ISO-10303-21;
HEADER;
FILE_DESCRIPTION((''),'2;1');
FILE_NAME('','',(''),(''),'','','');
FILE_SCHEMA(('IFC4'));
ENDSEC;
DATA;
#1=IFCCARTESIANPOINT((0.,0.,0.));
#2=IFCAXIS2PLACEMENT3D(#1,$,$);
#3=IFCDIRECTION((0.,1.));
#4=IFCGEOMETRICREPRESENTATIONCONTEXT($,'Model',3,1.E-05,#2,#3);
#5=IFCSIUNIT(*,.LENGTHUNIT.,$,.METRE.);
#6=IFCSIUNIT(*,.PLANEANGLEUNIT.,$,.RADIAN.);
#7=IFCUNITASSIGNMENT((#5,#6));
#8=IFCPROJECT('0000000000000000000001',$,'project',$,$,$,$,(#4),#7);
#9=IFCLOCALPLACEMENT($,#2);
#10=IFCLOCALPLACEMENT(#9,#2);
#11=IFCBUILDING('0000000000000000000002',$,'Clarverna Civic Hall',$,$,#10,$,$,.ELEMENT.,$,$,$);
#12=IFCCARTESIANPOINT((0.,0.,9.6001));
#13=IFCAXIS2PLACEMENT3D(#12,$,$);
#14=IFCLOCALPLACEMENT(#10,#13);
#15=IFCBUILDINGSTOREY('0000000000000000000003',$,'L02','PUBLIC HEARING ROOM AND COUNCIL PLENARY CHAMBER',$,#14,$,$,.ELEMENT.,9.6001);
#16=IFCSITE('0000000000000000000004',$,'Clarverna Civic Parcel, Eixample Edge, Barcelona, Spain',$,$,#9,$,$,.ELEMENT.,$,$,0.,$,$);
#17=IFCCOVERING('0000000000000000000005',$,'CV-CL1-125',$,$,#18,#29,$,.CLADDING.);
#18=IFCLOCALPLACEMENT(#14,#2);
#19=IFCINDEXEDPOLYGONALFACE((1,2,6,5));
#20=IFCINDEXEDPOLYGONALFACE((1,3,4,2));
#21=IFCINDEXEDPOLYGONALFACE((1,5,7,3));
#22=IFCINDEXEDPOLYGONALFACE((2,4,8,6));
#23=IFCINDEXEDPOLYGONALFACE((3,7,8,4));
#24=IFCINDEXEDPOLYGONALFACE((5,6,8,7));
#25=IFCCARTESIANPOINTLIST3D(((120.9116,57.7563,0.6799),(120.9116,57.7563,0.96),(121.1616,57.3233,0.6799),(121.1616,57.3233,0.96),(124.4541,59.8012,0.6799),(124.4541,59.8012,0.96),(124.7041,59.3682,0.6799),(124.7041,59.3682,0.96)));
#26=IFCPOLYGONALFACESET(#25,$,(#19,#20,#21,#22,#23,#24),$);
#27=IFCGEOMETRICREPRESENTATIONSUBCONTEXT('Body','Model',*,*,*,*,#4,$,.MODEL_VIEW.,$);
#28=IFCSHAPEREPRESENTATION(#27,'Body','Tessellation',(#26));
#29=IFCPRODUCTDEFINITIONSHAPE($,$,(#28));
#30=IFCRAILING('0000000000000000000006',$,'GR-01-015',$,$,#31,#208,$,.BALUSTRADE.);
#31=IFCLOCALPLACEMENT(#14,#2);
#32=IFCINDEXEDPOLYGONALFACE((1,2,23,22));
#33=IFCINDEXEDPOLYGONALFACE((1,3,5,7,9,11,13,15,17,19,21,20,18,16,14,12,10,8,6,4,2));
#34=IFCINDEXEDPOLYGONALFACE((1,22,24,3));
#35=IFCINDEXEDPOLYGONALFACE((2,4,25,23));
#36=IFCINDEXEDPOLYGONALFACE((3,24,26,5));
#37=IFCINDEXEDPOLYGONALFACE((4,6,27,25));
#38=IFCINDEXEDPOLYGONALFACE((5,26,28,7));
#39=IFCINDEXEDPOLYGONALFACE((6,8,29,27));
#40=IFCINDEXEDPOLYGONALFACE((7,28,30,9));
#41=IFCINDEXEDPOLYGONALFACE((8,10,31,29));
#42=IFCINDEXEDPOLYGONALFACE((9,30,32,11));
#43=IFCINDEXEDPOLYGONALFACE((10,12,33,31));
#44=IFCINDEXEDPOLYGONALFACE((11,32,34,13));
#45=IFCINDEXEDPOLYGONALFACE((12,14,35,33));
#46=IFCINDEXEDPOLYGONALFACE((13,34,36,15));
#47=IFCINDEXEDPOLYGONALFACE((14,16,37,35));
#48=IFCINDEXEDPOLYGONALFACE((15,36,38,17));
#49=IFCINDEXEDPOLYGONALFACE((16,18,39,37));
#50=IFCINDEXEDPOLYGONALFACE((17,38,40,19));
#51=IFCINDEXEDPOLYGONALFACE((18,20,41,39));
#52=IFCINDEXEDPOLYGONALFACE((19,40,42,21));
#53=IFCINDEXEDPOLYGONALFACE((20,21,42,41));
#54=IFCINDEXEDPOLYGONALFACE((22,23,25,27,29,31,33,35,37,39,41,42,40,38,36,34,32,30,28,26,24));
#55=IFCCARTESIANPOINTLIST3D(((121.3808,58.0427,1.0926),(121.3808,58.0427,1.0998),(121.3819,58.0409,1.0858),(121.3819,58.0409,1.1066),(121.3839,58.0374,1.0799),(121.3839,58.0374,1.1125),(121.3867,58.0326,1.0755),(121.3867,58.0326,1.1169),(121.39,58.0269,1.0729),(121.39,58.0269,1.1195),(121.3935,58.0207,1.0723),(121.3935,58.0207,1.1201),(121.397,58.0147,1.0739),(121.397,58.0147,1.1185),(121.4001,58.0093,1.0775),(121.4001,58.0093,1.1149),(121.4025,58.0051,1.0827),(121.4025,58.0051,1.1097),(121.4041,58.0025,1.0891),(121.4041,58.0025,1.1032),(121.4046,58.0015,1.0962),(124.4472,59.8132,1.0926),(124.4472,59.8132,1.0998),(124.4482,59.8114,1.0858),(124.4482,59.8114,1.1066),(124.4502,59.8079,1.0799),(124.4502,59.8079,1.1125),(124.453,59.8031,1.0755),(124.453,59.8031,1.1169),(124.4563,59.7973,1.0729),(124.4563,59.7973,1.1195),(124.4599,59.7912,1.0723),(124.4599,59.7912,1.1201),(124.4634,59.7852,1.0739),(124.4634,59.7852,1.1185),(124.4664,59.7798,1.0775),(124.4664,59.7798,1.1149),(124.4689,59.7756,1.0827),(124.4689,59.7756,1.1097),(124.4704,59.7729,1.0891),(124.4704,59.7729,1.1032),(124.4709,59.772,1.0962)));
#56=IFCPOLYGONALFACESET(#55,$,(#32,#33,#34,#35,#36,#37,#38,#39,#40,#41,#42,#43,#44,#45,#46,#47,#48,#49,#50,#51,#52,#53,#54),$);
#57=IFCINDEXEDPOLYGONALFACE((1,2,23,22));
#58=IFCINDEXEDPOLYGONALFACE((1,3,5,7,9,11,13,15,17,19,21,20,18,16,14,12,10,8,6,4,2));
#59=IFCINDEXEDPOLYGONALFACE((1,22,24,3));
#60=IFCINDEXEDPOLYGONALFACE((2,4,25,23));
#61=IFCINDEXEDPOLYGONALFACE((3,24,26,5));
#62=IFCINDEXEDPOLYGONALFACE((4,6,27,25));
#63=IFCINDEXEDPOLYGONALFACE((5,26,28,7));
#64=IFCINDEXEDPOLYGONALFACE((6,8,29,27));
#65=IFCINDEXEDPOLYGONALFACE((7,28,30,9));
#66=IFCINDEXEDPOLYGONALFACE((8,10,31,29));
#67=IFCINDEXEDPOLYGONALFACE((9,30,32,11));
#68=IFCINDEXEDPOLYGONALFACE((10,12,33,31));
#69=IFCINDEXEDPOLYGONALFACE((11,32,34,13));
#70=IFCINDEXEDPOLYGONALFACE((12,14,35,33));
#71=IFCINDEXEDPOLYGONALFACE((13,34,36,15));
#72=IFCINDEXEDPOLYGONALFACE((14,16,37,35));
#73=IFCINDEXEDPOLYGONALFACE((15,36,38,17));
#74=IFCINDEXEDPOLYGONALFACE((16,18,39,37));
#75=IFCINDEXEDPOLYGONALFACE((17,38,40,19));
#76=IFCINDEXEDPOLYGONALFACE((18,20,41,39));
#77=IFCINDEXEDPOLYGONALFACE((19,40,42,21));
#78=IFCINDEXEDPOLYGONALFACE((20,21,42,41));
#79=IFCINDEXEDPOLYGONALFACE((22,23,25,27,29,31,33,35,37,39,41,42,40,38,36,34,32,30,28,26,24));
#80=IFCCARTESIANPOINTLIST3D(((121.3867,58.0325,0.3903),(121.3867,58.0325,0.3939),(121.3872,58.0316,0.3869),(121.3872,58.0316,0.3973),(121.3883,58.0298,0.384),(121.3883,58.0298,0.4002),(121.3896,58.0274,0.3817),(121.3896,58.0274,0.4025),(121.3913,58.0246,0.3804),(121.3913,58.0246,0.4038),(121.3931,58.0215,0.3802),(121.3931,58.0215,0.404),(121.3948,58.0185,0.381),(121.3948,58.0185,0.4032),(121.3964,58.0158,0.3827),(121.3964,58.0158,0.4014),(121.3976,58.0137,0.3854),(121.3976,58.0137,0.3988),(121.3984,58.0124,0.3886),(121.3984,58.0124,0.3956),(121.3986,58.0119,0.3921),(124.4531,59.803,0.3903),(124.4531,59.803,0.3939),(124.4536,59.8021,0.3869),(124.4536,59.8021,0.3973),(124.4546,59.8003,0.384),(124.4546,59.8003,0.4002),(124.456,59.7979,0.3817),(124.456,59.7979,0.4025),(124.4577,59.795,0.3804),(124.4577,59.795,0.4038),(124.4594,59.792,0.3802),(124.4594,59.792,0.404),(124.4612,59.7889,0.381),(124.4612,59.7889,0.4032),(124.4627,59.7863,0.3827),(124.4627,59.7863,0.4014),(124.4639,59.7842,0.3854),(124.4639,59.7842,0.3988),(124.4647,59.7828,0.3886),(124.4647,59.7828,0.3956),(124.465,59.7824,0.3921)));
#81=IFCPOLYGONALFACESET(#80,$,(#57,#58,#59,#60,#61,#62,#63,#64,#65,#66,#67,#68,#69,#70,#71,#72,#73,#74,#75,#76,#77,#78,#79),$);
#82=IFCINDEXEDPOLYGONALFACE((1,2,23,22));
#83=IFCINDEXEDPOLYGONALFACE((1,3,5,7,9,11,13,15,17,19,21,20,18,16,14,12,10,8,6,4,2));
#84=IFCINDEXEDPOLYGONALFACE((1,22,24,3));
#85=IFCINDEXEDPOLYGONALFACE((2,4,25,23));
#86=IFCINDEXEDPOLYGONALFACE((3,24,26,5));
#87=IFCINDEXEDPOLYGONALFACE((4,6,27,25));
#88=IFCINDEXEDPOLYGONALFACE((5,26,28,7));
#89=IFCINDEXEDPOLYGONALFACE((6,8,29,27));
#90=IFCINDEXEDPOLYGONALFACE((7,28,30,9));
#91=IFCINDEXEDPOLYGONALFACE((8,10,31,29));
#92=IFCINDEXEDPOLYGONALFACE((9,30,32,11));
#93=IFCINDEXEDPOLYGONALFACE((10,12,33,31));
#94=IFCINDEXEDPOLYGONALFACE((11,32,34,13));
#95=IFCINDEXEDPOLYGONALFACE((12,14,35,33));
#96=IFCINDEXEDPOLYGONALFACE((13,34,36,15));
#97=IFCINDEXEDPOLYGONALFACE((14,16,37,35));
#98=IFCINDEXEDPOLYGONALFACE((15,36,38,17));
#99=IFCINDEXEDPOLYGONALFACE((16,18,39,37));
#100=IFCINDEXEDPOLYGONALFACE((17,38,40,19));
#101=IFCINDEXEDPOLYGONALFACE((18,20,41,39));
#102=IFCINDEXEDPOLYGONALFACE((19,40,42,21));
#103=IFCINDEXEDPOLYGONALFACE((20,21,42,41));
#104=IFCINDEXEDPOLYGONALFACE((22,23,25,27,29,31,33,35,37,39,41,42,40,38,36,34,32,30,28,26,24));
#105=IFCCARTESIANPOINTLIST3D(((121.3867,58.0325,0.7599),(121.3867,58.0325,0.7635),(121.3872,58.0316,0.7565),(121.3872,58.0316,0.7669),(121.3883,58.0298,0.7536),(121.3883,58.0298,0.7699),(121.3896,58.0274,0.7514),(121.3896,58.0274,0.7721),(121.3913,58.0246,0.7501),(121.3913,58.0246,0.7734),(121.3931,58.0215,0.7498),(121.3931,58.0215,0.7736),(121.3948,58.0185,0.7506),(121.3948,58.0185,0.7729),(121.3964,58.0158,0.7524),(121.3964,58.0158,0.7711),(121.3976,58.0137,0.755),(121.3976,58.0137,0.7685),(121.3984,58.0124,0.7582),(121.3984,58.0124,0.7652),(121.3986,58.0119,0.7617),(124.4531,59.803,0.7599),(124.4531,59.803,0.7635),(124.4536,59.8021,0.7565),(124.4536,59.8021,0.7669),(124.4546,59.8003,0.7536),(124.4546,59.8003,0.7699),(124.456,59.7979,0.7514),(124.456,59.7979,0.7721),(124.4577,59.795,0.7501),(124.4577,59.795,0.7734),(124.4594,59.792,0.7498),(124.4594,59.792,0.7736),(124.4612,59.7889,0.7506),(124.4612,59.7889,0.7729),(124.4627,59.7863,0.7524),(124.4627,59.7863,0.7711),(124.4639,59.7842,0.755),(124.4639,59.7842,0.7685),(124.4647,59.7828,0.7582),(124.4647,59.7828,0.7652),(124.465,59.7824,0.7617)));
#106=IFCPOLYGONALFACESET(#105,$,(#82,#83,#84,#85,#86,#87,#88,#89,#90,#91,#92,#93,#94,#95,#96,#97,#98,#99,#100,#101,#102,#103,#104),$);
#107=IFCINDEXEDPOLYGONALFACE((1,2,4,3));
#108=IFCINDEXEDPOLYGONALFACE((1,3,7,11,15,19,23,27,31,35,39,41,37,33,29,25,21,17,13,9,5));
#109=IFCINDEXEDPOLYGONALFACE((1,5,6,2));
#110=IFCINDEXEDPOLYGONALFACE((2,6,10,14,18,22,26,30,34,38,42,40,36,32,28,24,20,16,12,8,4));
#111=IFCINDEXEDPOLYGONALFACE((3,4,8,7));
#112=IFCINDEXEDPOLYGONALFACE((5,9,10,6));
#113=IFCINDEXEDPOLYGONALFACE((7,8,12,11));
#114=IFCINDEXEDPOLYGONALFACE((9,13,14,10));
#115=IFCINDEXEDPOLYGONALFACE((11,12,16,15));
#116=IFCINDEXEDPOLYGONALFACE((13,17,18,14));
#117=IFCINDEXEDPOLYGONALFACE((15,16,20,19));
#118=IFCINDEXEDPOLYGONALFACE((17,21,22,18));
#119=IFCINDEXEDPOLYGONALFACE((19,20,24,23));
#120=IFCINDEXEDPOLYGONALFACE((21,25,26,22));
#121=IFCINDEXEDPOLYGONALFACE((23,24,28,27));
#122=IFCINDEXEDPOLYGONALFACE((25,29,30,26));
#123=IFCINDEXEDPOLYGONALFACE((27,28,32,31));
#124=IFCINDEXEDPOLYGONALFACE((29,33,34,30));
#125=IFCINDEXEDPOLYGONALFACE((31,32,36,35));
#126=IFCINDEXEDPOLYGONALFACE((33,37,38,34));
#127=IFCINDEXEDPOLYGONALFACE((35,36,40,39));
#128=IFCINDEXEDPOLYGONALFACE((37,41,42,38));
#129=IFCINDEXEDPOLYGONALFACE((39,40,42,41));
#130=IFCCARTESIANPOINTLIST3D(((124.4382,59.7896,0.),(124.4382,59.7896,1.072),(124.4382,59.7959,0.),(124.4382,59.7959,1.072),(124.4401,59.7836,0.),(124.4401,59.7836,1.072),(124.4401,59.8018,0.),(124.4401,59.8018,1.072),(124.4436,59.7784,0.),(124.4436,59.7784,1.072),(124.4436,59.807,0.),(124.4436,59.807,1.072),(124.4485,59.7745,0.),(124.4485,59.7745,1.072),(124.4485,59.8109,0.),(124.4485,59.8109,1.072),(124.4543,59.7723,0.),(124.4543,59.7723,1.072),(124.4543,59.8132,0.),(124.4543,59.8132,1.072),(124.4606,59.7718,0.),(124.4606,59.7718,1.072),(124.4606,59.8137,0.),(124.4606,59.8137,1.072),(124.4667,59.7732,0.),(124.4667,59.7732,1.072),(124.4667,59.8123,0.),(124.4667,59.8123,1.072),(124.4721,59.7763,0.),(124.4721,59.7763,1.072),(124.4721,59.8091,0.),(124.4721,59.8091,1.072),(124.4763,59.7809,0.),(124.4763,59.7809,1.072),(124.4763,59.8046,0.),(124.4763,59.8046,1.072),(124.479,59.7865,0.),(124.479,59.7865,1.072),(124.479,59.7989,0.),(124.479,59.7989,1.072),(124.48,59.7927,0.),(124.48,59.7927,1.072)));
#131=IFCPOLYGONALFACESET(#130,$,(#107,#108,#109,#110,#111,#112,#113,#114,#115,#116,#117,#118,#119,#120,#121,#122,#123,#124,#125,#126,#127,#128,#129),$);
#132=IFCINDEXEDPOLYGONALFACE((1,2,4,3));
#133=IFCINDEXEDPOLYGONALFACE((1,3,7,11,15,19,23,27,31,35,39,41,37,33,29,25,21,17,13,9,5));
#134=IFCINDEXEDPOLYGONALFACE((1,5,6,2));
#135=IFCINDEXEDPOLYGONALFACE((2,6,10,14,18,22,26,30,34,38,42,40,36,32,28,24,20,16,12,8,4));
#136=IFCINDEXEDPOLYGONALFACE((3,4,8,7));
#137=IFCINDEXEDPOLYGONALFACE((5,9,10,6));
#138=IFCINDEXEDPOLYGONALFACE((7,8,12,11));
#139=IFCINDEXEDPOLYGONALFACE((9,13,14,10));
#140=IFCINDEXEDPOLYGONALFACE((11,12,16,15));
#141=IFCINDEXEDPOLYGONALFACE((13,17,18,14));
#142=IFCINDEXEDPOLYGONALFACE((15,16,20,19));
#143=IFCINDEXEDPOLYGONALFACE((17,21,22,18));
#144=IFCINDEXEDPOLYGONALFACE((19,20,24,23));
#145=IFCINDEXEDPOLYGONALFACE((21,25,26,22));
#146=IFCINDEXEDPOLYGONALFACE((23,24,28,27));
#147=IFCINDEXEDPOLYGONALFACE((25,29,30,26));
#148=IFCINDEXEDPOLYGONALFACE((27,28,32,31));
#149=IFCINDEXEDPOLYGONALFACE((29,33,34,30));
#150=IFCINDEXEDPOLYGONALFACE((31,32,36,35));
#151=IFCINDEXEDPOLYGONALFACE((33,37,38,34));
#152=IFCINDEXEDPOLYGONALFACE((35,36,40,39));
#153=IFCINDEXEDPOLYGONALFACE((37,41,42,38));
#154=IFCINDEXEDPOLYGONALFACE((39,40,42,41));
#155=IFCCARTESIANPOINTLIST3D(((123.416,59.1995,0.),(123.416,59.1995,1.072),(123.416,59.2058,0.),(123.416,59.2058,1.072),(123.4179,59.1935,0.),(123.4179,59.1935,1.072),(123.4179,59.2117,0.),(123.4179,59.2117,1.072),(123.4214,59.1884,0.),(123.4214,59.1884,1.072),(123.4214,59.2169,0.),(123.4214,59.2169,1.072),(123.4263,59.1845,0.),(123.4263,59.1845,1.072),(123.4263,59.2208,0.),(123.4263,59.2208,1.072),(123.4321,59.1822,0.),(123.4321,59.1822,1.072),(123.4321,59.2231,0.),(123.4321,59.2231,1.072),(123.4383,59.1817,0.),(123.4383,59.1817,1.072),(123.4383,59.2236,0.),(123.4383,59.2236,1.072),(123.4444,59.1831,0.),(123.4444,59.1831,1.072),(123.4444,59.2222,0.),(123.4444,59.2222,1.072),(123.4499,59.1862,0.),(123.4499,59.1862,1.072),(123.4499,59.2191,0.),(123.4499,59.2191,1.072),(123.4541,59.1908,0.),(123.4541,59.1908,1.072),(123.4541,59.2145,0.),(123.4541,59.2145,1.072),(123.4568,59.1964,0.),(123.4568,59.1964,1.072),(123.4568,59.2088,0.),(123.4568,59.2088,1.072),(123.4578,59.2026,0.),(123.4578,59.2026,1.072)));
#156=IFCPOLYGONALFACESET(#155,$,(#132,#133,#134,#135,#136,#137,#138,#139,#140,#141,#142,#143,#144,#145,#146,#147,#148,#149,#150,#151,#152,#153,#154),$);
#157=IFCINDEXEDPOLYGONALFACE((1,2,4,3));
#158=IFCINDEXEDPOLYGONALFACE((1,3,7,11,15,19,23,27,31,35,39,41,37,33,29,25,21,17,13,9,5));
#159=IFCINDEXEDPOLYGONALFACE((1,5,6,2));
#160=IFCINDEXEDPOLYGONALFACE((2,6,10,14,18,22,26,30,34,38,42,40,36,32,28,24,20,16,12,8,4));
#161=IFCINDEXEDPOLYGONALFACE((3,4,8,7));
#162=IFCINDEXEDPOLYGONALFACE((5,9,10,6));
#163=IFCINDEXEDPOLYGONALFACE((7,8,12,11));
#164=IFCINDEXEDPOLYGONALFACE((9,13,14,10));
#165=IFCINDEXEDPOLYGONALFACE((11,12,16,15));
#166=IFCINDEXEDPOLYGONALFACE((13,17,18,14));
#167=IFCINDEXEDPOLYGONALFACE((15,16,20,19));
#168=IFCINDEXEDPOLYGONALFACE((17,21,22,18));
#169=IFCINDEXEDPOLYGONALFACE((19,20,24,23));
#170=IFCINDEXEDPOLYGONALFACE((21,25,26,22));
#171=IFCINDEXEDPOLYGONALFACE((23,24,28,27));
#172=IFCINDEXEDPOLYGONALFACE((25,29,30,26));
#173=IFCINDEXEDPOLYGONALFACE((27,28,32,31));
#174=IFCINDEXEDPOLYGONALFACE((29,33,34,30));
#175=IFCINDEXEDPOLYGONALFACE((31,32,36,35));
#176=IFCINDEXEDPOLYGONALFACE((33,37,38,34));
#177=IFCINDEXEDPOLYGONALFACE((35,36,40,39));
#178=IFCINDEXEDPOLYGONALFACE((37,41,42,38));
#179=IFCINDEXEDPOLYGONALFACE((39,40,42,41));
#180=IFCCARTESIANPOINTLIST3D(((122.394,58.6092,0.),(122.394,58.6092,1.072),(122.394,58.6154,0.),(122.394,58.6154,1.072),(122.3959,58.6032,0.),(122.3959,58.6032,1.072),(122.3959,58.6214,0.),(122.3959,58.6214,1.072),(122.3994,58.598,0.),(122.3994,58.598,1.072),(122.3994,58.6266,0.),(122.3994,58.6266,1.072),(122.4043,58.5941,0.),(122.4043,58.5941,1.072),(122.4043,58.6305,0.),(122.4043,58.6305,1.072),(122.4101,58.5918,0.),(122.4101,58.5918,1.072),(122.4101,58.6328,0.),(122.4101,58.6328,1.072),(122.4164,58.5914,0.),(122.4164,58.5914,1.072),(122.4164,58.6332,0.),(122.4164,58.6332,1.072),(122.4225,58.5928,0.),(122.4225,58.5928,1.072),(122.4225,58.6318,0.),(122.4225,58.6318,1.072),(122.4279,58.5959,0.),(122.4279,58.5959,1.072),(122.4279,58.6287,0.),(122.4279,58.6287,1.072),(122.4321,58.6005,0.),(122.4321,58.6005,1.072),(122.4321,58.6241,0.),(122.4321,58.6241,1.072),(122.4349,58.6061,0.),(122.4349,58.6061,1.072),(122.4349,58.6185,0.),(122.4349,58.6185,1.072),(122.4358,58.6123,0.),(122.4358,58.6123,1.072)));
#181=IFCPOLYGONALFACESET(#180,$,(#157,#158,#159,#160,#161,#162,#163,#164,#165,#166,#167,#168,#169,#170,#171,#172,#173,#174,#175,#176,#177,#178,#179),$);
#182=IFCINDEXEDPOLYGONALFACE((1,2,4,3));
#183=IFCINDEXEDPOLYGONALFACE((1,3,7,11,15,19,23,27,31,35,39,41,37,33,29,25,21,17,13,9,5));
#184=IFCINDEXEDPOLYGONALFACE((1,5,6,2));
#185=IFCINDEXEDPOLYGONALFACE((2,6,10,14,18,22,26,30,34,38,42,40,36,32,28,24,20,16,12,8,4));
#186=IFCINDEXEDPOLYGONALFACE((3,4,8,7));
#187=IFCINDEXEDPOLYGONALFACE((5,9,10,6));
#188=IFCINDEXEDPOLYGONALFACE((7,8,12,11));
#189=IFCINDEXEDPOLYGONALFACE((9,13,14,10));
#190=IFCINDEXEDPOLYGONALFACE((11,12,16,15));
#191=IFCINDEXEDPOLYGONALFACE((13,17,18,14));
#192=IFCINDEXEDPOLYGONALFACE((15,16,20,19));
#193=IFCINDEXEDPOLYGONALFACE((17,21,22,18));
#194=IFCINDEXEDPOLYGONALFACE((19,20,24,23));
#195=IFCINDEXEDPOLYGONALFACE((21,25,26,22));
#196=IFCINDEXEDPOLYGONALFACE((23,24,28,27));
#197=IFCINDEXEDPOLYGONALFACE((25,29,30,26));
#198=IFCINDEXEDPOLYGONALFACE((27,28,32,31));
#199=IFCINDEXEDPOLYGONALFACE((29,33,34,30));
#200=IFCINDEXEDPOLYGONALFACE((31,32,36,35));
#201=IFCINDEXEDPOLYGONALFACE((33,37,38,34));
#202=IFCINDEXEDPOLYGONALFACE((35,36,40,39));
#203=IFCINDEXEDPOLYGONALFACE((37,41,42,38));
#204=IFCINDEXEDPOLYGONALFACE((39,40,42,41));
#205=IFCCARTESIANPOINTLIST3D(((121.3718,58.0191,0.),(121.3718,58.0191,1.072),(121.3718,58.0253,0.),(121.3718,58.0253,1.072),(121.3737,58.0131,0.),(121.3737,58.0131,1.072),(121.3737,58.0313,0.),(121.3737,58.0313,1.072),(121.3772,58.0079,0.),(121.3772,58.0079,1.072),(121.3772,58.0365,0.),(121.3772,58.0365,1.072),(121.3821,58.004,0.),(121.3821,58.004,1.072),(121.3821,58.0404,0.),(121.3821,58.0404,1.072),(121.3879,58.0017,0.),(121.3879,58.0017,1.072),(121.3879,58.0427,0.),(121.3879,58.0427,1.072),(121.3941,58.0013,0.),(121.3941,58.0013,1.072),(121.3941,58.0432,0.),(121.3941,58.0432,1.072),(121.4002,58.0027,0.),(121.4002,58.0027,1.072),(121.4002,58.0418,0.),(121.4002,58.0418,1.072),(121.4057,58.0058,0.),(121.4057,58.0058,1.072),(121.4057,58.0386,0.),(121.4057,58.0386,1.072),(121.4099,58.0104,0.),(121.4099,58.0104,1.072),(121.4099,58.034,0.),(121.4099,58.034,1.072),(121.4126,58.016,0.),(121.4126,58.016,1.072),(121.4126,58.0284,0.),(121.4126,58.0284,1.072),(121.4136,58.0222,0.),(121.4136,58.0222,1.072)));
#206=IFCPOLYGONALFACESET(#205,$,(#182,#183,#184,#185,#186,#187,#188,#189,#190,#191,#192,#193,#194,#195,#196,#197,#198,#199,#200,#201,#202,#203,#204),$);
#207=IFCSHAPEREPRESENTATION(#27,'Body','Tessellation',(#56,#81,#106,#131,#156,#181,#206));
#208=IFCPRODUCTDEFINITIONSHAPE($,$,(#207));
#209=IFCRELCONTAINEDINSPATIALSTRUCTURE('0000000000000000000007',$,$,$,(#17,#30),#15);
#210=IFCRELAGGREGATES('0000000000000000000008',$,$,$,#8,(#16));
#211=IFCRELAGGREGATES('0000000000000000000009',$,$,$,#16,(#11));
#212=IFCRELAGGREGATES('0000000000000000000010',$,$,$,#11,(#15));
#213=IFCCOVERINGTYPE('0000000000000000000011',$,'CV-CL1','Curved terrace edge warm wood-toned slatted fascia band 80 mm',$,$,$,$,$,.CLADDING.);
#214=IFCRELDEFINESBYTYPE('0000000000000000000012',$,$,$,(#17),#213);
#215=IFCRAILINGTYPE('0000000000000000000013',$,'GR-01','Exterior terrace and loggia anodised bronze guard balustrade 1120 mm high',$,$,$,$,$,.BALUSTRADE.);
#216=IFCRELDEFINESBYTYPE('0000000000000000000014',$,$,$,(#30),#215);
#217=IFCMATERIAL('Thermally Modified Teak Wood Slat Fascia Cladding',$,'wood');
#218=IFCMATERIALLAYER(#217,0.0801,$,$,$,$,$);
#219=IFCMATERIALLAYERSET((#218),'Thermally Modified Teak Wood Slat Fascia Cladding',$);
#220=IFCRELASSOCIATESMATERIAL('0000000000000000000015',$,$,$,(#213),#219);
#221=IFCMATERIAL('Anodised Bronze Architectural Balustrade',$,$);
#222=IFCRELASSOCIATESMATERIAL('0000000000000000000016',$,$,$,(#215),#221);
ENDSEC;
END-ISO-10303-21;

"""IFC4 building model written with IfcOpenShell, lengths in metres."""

from ifc_helpers import new_model, si_unit, direction, frame, frame_2d, origin, origin_2d, place, context, subcontext, project, spatial, rectangle, circle, extrude, material, layer, layer_set, type_object, element, save


model = new_model("IFC4")

# Units and contexts
model_context = context("Model", 3, precision=1e-05, world=origin(), true_north=direction((0.0, 1.0)))
body_context = subcontext(model_context, "Body", "Model", "MODEL_VIEW")
ifc_project = project(units=[si_unit("LENGTHUNIT", "METRE"), si_unit("PLANEANGLEUNIT", "RADIAN")], contexts=[model_context])

# Site, building, storey
site_placement = place(None, origin())
site = spatial("IfcSite", under=ifc_project, at=site_placement, Name="Clarverna Civic Parcel, Eixample Edge, Barcelona, Spain", CompositionType="ELEMENT", RefElevation=0.0)
building_placement = place(site_placement, origin())
building = spatial("IfcBuilding", under=site, at=building_placement, Name="Clarverna Civic Hall", CompositionType="ELEMENT")
storey_placement = place(building_placement, frame((0.0, 0.0, 9.6001)))
storey = spatial("IfcBuildingStorey", under=building, at=storey_placement, Name="L02", Description="PUBLIC HEARING ROOM AND COUNCIL PLENARY CHAMBER", CompositionType="ELEMENT", Elevation=9.6001)

# Covering
ifc_material_1 = material(Name="Thermally Modified Teak Wood Slat Fascia Cladding", Category="wood")
ifc_layer_1 = layer(ifc_material_1, 0.0801)
ifc_layer_set_1 = layer_set([ifc_layer_1], Name="Thermally Modified Teak Wood Slat Fascia Cladding")
covering_type = type_object("IfcCoveringType", Name="CV-CL1", Description="Curved terrace edge warm wood-toned slatted fascia band 80 mm", PredefinedType="CLADDING", material=ifc_layer_set_1)
covering_1_placement = place(storey_placement, frame((124.5791, 59.5847, 0.6799), z_axis=(0.0, 0.0, 1.0), x_axis=(-0.86606, -0.499939, 0.0)))
element("IfcCovering", 1, at=covering_1_placement, inside=storey, type_object=covering_type, Name="CV-CL1-125", PredefinedType="CLADDING", context=body_context, shape_type="SweptSolid", body=[
    extrude(rectangle(XDim=4.0903, YDim=0.5, at=frame_2d((2.0452, 0.0))), origin(), (0.0, 0.0, 1.0), 0.28),
])

# Railing
ifc_material_2 = material(Name="Anodised Bronze Architectural Balustrade")
railing_type = type_object("IfcRailingType", Name="GR-01", Description="Exterior terrace and loggia anodised bronze guard balustrade 1120 mm high", PredefinedType="BALUSTRADE", material=ifc_material_2)
railing_placement = place(storey_placement, frame((124.459, 59.7927, 0.0)))
element("IfcRailing", 2, at=railing_placement, inside=storey, type_object=railing_type, Name="GR-01-015", PredefinedType="BALUSTRADE", context=body_context, shape_type="SweptSolid", body=[
    extrude(circle(Radius=0.0239, at=origin_2d()), frame((0.0, 0.0, 1.0962), z_axis=(-0.866011, -0.500025, 0.0), x_axis=(0.500025, -0.866011, 0.0)), (0.0, 0.0, 1.0), 3.5408),
    extrude(circle(Radius=0.012, at=origin_2d()), frame((0.0, 0.0, 0.3921), z_axis=(-0.866011, -0.500025, 0.0), x_axis=(0.500025, -0.866011, 0.0)), (0.0, 0.0, 1.0), 3.5408),
    extrude(circle(Radius=0.012, at=origin_2d()), frame((0.0, 0.0, 0.7617), z_axis=(-0.866011, -0.500025, 0.0), x_axis=(0.500025, -0.866011, 0.0)), (0.0, 0.0, 1.0), 3.5408),
    extrude(circle(Radius=0.021, at=origin_2d()), origin(), (0.0, 0.0, 1.0), 1.072),
    extrude(circle(Radius=0.021, at=origin_2d()), frame((-1.0222, -0.5901, 0.0)), (0.0, 0.0, 1.0), 1.072),
    extrude(circle(Radius=0.021, at=origin_2d()), frame((-2.0442, -1.1804, 0.0)), (0.0, 0.0, 1.0), 1.072),
    extrude(circle(Radius=0.021, at=origin_2d()), frame((-3.0664, -1.7705, 0.0)), (0.0, 0.0, 1.0), 1.072),
])

save(model, "model.ifc")
